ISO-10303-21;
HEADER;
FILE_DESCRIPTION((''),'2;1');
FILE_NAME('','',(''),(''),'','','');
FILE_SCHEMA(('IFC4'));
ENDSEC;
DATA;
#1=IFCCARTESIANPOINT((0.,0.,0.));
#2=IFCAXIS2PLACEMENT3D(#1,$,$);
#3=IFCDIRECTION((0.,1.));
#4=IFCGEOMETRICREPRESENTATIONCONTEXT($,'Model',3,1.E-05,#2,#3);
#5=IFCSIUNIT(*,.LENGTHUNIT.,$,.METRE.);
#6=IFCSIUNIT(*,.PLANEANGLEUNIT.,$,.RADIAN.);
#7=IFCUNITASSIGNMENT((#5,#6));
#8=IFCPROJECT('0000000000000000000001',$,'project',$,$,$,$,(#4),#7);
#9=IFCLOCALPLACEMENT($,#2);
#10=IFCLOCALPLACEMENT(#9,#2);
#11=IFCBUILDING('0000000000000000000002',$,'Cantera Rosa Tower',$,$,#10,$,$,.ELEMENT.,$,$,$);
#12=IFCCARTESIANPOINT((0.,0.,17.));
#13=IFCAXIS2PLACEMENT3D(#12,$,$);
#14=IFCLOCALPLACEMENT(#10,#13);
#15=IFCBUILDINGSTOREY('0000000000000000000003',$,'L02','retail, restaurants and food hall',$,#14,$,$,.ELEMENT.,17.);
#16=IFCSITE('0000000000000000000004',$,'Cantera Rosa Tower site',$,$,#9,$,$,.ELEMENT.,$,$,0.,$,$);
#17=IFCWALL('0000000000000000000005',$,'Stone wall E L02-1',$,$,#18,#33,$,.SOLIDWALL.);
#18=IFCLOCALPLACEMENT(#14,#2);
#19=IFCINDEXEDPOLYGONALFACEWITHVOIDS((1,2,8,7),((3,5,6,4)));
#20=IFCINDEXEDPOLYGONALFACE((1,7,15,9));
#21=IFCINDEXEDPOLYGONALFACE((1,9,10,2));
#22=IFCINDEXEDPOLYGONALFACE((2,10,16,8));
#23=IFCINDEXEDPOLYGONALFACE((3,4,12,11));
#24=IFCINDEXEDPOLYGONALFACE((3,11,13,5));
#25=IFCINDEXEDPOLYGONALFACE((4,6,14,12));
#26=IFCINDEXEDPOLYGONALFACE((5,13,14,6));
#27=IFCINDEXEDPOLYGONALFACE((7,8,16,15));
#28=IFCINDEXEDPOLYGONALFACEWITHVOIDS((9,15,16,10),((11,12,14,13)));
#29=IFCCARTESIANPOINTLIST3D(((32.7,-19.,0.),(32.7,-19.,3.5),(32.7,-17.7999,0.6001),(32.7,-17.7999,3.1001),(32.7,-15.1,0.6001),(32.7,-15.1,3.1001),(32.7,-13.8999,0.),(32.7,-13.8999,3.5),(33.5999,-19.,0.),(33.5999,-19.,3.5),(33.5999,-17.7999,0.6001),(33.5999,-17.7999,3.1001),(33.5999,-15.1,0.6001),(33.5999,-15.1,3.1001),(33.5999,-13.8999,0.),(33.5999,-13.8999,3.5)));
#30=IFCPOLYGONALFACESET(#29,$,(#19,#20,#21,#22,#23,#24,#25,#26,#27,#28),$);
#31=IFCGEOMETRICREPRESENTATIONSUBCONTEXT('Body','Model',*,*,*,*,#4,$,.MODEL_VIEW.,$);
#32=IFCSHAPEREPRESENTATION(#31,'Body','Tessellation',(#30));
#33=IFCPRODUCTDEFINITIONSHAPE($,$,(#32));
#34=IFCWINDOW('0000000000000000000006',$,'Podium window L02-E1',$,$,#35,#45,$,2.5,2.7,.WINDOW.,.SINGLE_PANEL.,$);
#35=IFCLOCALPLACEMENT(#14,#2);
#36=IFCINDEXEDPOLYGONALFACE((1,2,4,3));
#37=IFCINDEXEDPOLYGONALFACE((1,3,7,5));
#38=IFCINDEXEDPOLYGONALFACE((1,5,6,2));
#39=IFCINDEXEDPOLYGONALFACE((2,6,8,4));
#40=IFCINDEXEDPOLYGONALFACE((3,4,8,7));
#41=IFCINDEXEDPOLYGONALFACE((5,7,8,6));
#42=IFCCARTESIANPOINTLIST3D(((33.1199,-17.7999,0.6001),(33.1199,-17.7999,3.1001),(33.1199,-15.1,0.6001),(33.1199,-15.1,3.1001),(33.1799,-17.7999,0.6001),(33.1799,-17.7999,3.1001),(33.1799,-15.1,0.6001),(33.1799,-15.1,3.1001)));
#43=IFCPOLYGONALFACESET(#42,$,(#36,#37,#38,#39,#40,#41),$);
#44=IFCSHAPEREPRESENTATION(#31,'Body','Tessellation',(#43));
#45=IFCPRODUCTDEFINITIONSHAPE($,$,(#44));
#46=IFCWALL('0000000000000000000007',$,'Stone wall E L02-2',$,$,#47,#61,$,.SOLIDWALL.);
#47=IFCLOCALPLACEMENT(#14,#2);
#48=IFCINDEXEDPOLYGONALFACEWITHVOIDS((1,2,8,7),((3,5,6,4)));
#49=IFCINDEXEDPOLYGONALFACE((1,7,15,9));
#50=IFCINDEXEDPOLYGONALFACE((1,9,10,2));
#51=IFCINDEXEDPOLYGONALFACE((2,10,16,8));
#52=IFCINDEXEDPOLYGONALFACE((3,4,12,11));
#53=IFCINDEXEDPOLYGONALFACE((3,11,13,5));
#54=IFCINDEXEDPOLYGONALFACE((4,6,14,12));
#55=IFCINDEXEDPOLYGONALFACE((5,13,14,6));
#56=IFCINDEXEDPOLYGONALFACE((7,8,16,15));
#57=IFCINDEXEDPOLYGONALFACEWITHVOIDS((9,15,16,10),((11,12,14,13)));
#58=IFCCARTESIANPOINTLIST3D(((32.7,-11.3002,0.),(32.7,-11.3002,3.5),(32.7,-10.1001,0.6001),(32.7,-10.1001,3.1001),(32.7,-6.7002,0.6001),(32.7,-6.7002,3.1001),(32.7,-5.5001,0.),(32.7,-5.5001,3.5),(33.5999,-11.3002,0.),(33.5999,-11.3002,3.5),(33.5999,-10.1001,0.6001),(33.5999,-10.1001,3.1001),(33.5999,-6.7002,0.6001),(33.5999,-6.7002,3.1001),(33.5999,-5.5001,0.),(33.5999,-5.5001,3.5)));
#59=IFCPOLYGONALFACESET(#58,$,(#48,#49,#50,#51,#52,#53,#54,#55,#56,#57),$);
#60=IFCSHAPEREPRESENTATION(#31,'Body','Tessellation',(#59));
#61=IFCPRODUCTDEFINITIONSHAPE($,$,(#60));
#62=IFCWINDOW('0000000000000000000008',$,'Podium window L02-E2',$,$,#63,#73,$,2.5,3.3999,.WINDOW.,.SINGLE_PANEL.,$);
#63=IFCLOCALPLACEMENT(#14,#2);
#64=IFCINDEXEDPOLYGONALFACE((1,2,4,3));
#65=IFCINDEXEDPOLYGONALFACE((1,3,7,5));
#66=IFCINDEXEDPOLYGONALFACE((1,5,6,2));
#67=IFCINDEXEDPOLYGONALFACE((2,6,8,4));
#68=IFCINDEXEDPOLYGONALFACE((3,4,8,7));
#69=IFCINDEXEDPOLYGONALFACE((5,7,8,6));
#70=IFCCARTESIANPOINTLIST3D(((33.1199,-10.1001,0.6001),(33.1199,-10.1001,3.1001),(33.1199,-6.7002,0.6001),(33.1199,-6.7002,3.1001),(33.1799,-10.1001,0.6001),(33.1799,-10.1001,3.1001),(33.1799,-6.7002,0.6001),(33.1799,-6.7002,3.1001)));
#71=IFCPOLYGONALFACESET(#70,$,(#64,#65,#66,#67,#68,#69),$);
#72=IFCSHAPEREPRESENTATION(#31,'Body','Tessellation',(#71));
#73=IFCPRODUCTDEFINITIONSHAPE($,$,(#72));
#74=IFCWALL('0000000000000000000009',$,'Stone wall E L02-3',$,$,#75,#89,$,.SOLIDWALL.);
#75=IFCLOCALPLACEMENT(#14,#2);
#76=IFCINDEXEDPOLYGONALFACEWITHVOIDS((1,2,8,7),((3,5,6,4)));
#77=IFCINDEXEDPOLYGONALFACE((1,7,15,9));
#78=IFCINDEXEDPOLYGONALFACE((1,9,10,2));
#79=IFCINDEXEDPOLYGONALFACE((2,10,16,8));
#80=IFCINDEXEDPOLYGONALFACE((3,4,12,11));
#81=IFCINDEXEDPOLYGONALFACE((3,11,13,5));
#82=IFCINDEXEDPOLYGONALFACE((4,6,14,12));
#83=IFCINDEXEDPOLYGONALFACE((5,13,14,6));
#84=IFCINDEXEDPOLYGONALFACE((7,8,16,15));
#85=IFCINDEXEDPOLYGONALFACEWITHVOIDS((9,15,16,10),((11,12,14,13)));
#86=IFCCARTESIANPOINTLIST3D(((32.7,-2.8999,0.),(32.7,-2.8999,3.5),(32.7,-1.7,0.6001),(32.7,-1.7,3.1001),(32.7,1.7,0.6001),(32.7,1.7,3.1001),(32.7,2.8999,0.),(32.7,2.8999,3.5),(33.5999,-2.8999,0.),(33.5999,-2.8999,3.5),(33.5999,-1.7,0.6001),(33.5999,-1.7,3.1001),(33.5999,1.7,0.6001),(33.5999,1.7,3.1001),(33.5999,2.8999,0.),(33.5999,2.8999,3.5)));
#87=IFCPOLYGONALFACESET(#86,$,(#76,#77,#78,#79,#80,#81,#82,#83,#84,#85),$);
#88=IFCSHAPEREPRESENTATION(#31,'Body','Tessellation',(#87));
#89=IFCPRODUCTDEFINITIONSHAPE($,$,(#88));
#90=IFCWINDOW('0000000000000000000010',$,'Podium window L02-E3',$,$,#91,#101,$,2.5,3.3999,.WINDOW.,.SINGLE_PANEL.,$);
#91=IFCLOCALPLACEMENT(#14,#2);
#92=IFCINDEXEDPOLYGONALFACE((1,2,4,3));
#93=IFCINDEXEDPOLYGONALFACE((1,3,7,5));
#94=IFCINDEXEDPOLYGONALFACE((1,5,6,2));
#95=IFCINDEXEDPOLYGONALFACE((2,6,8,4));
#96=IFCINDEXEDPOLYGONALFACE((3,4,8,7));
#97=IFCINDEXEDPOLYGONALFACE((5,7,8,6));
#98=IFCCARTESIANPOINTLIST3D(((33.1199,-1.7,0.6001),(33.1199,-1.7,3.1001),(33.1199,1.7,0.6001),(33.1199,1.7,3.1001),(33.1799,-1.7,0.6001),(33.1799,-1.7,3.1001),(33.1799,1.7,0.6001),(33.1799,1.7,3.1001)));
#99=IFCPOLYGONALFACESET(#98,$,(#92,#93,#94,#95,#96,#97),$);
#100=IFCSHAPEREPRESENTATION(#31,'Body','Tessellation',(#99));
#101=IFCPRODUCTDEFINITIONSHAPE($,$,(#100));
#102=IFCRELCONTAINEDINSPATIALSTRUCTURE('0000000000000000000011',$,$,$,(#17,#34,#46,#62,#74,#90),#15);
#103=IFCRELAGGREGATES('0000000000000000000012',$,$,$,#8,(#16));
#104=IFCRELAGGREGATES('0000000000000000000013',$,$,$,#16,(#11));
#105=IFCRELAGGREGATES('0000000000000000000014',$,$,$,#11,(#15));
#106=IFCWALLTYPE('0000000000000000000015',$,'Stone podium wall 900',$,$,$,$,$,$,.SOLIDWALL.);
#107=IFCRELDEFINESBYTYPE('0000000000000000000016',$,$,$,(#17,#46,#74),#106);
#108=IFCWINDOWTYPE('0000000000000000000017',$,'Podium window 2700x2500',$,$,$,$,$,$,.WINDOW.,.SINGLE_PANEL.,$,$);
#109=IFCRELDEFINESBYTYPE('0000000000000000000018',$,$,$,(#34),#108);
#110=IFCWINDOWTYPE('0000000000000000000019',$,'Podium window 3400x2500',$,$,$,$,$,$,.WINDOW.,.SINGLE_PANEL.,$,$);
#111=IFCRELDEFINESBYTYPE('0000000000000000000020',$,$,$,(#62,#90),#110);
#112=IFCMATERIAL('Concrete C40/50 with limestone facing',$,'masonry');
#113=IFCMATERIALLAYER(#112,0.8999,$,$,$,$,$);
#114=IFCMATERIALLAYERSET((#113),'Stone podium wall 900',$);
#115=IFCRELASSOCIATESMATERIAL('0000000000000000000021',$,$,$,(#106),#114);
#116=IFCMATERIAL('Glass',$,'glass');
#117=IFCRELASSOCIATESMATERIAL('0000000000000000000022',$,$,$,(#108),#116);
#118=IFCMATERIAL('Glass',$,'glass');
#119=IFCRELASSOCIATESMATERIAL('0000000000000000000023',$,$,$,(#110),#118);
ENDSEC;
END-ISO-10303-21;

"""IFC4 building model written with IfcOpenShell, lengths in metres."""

from ifc_helpers import new_model, si_unit, direction, frame, frame_2d, origin, place, context, subcontext, project, spatial, rectangle, extrude, material, layer, layer_set, type_object, element, fill, save


model = new_model("IFC4")

# Units and contexts
model_context = context("Model", 3, precision=1e-05, world=origin(), true_north=direction((0.0, 1.0)))
body_context = subcontext(model_context, "Body", "Model", "MODEL_VIEW")
ifc_project = project(units=[si_unit("LENGTHUNIT", "METRE"), si_unit("PLANEANGLEUNIT", "RADIAN")], contexts=[model_context])

# Site, building, storey
site_placement = place(None, origin())
site = spatial("IfcSite", under=ifc_project, at=site_placement, Name="Cantera Rosa Tower site", CompositionType="ELEMENT", RefElevation=0.0)
building_placement = place(site_placement, origin())
building = spatial("IfcBuilding", under=site, at=building_placement, Name="Cantera Rosa Tower", CompositionType="ELEMENT")
storey_placement = place(building_placement, frame((0.0, 0.0, 17.0)))
storey = spatial("IfcBuildingStorey", under=building, at=storey_placement, Name="L02", Description="retail, restaurants and food hall", CompositionType="ELEMENT", Elevation=17.0)

# Walls, openings, windows
ifc_material_1 = material(Name="Concrete C40/50 with limestone facing", Category="masonry")
ifc_layer_1 = layer(ifc_material_1, 0.8999)
ifc_layer_set_1 = layer_set([ifc_layer_1], Name="Stone podium wall 900")
wall_type_1 = type_object("IfcWallType", Name="Stone podium wall 900", PredefinedType="SOLIDWALL", material=ifc_layer_set_1)
wall_1_placement = place(storey_placement, frame((33.1499, -19.0, 0.0), z_axis=(0.0, 0.0, 1.0), x_axis=(0.0, 1.0, 0.0)))
wall_1 = element("IfcWall", 1, at=wall_1_placement, inside=storey, type_object=wall_type_1, Name="Stone wall E L02-1", PredefinedType="SOLIDWALL", context=body_context, shape_type="SweptSolid", body=[
    extrude(rectangle(XDim=5.1001, YDim=0.8999, at=frame_2d((2.55, 0.0))), origin(), (0.0, 0.0, 1.0), 3.5),
])
opening_1_placement = place(wall_1_placement, frame((1.2, 0.0, 0.6001)))
opening_1 = element("IfcOpeningElement", 2, at=opening_1_placement, cuts=wall_1, PredefinedType="OPENING", context=body_context, shape_type="SweptSolid", body=[
    extrude(rectangle(XDim=2.7, YDim=2.5, at=frame_2d((1.3501, 1.25))), frame((0.0, 0.46, 0.0), z_axis=(0.0, -1.0, 0.0), x_axis=(1.0, 0.0, 0.0)), (0.0, 0.0, 1.0), 0.9199),
])
ifc_material_2 = material(Name="Glass", Category="glass")
window_type_1 = type_object("IfcWindowType", Name="Podium window 2700x2500", PartitioningType="SINGLE_PANEL", PredefinedType="WINDOW", material=ifc_material_2)
window_1_placement = place(opening_1_placement, origin())
window_1 = element("IfcWindow", 3, at=window_1_placement, inside=storey, type_object=window_type_1, Name="Podium window L02-E1", OverallHeight=2.5, OverallWidth=2.7, PartitioningType="SINGLE_PANEL", PredefinedType="WINDOW", context=body_context, shape_type="SweptSolid", body=[
    extrude(rectangle(XDim=2.7, YDim=2.5, at=frame_2d((1.3501, 1.25))), frame((0.0, 0.03, 0.0), z_axis=(0.0, -1.0, 0.0), x_axis=(1.0, 0.0, 0.0)), (0.0, 0.0, 1.0), 0.0601),
])
fill(opening_1, window_1)
wall_2_placement = place(storey_placement, frame((33.1499, -11.3, 0.0), z_axis=(0.0, 0.0, 1.0), x_axis=(0.0, 1.0, 0.0)))
wall_2 = element("IfcWall", 4, at=wall_2_placement, inside=storey, type_object=wall_type_1, Name="Stone wall E L02-2", PredefinedType="SOLIDWALL", context=body_context, shape_type="SweptSolid", body=[
    extrude(rectangle(XDim=5.8, YDim=0.8999, at=frame_2d((2.8999, 0.0))), origin(), (0.0, 0.0, 1.0), 3.5),
])
opening_2_placement = place(wall_2_placement, frame((1.2, 0.0, 0.6001)))
opening_2 = element("IfcOpeningElement", 5, at=opening_2_placement, cuts=wall_2, PredefinedType="OPENING", context=body_context, shape_type="SweptSolid", body=[
    extrude(rectangle(XDim=3.3999, YDim=2.5, at=frame_2d((1.7, 1.25))), frame((0.0, 0.46, 0.0), z_axis=(0.0, -1.0, 0.0), x_axis=(1.0, 0.0, 0.0)), (0.0, 0.0, 1.0), 0.9199),
])
ifc_material_3 = material(Name="Glass", Category="glass")
window_type_2 = type_object("IfcWindowType", Name="Podium window 3400x2500", PartitioningType="SINGLE_PANEL", PredefinedType="WINDOW", material=ifc_material_3)
window_2_placement = place(opening_2_placement, origin())
window_2 = element("IfcWindow", 6, at=window_2_placement, inside=storey, type_object=window_type_2, Name="Podium window L02-E2", OverallHeight=2.5, OverallWidth=3.3999, PartitioningType="SINGLE_PANEL", PredefinedType="WINDOW", context=body_context, shape_type="SweptSolid", body=[
    extrude(rectangle(XDim=3.3999, YDim=2.5, at=frame_2d((1.7, 1.25))), frame((0.0, 0.03, 0.0), z_axis=(0.0, -1.0, 0.0), x_axis=(1.0, 0.0, 0.0)), (0.0, 0.0, 1.0), 0.0601),
])
fill(opening_2, window_2)
wall_3_placement = place(storey_placement, frame((33.1499, -2.8999, 0.0), z_axis=(0.0, 0.0, 1.0), x_axis=(0.0, 1.0, 0.0)))
wall_3 = element("IfcWall", 7, at=wall_3_placement, inside=storey, type_object=wall_type_1, Name="Stone wall E L02-3", PredefinedType="SOLIDWALL", context=body_context, shape_type="SweptSolid", body=[
    extrude(rectangle(XDim=5.7998, YDim=0.8999, at=frame_2d((2.8999, 0.0))), origin(), (0.0, 0.0, 1.0), 3.5),
])
opening_3_placement = place(wall_3_placement, frame((1.2, 0.0, 0.6001)))
opening_3 = element("IfcOpeningElement", 8, at=opening_3_placement, cuts=wall_3, PredefinedType="OPENING", context=body_context, shape_type="SweptSolid", body=[
    extrude(rectangle(XDim=3.3999, YDim=2.5, at=frame_2d((1.7, 1.25))), frame((0.0, 0.46, 0.0), z_axis=(0.0, -1.0, 0.0), x_axis=(1.0, 0.0, 0.0)), (0.0, 0.0, 1.0), 0.9199),
])
window_3_placement = place(opening_3_placement, origin())
window_3 = element("IfcWindow", 9, at=window_3_placement, inside=storey, type_object=window_type_2, Name="Podium window L02-E3", OverallHeight=2.5, OverallWidth=3.3999, PartitioningType="SINGLE_PANEL", PredefinedType="WINDOW", context=body_context, shape_type="SweptSolid", body=[
    extrude(rectangle(XDim=3.3999, YDim=2.5, at=frame_2d((1.7, 1.25))), frame((0.0, 0.03, 0.0), z_axis=(0.0, -1.0, 0.0), x_axis=(1.0, 0.0, 0.0)), (0.0, 0.0, 1.0), 0.0601),
])
fill(opening_3, window_3)

save(model, "model.ifc")
